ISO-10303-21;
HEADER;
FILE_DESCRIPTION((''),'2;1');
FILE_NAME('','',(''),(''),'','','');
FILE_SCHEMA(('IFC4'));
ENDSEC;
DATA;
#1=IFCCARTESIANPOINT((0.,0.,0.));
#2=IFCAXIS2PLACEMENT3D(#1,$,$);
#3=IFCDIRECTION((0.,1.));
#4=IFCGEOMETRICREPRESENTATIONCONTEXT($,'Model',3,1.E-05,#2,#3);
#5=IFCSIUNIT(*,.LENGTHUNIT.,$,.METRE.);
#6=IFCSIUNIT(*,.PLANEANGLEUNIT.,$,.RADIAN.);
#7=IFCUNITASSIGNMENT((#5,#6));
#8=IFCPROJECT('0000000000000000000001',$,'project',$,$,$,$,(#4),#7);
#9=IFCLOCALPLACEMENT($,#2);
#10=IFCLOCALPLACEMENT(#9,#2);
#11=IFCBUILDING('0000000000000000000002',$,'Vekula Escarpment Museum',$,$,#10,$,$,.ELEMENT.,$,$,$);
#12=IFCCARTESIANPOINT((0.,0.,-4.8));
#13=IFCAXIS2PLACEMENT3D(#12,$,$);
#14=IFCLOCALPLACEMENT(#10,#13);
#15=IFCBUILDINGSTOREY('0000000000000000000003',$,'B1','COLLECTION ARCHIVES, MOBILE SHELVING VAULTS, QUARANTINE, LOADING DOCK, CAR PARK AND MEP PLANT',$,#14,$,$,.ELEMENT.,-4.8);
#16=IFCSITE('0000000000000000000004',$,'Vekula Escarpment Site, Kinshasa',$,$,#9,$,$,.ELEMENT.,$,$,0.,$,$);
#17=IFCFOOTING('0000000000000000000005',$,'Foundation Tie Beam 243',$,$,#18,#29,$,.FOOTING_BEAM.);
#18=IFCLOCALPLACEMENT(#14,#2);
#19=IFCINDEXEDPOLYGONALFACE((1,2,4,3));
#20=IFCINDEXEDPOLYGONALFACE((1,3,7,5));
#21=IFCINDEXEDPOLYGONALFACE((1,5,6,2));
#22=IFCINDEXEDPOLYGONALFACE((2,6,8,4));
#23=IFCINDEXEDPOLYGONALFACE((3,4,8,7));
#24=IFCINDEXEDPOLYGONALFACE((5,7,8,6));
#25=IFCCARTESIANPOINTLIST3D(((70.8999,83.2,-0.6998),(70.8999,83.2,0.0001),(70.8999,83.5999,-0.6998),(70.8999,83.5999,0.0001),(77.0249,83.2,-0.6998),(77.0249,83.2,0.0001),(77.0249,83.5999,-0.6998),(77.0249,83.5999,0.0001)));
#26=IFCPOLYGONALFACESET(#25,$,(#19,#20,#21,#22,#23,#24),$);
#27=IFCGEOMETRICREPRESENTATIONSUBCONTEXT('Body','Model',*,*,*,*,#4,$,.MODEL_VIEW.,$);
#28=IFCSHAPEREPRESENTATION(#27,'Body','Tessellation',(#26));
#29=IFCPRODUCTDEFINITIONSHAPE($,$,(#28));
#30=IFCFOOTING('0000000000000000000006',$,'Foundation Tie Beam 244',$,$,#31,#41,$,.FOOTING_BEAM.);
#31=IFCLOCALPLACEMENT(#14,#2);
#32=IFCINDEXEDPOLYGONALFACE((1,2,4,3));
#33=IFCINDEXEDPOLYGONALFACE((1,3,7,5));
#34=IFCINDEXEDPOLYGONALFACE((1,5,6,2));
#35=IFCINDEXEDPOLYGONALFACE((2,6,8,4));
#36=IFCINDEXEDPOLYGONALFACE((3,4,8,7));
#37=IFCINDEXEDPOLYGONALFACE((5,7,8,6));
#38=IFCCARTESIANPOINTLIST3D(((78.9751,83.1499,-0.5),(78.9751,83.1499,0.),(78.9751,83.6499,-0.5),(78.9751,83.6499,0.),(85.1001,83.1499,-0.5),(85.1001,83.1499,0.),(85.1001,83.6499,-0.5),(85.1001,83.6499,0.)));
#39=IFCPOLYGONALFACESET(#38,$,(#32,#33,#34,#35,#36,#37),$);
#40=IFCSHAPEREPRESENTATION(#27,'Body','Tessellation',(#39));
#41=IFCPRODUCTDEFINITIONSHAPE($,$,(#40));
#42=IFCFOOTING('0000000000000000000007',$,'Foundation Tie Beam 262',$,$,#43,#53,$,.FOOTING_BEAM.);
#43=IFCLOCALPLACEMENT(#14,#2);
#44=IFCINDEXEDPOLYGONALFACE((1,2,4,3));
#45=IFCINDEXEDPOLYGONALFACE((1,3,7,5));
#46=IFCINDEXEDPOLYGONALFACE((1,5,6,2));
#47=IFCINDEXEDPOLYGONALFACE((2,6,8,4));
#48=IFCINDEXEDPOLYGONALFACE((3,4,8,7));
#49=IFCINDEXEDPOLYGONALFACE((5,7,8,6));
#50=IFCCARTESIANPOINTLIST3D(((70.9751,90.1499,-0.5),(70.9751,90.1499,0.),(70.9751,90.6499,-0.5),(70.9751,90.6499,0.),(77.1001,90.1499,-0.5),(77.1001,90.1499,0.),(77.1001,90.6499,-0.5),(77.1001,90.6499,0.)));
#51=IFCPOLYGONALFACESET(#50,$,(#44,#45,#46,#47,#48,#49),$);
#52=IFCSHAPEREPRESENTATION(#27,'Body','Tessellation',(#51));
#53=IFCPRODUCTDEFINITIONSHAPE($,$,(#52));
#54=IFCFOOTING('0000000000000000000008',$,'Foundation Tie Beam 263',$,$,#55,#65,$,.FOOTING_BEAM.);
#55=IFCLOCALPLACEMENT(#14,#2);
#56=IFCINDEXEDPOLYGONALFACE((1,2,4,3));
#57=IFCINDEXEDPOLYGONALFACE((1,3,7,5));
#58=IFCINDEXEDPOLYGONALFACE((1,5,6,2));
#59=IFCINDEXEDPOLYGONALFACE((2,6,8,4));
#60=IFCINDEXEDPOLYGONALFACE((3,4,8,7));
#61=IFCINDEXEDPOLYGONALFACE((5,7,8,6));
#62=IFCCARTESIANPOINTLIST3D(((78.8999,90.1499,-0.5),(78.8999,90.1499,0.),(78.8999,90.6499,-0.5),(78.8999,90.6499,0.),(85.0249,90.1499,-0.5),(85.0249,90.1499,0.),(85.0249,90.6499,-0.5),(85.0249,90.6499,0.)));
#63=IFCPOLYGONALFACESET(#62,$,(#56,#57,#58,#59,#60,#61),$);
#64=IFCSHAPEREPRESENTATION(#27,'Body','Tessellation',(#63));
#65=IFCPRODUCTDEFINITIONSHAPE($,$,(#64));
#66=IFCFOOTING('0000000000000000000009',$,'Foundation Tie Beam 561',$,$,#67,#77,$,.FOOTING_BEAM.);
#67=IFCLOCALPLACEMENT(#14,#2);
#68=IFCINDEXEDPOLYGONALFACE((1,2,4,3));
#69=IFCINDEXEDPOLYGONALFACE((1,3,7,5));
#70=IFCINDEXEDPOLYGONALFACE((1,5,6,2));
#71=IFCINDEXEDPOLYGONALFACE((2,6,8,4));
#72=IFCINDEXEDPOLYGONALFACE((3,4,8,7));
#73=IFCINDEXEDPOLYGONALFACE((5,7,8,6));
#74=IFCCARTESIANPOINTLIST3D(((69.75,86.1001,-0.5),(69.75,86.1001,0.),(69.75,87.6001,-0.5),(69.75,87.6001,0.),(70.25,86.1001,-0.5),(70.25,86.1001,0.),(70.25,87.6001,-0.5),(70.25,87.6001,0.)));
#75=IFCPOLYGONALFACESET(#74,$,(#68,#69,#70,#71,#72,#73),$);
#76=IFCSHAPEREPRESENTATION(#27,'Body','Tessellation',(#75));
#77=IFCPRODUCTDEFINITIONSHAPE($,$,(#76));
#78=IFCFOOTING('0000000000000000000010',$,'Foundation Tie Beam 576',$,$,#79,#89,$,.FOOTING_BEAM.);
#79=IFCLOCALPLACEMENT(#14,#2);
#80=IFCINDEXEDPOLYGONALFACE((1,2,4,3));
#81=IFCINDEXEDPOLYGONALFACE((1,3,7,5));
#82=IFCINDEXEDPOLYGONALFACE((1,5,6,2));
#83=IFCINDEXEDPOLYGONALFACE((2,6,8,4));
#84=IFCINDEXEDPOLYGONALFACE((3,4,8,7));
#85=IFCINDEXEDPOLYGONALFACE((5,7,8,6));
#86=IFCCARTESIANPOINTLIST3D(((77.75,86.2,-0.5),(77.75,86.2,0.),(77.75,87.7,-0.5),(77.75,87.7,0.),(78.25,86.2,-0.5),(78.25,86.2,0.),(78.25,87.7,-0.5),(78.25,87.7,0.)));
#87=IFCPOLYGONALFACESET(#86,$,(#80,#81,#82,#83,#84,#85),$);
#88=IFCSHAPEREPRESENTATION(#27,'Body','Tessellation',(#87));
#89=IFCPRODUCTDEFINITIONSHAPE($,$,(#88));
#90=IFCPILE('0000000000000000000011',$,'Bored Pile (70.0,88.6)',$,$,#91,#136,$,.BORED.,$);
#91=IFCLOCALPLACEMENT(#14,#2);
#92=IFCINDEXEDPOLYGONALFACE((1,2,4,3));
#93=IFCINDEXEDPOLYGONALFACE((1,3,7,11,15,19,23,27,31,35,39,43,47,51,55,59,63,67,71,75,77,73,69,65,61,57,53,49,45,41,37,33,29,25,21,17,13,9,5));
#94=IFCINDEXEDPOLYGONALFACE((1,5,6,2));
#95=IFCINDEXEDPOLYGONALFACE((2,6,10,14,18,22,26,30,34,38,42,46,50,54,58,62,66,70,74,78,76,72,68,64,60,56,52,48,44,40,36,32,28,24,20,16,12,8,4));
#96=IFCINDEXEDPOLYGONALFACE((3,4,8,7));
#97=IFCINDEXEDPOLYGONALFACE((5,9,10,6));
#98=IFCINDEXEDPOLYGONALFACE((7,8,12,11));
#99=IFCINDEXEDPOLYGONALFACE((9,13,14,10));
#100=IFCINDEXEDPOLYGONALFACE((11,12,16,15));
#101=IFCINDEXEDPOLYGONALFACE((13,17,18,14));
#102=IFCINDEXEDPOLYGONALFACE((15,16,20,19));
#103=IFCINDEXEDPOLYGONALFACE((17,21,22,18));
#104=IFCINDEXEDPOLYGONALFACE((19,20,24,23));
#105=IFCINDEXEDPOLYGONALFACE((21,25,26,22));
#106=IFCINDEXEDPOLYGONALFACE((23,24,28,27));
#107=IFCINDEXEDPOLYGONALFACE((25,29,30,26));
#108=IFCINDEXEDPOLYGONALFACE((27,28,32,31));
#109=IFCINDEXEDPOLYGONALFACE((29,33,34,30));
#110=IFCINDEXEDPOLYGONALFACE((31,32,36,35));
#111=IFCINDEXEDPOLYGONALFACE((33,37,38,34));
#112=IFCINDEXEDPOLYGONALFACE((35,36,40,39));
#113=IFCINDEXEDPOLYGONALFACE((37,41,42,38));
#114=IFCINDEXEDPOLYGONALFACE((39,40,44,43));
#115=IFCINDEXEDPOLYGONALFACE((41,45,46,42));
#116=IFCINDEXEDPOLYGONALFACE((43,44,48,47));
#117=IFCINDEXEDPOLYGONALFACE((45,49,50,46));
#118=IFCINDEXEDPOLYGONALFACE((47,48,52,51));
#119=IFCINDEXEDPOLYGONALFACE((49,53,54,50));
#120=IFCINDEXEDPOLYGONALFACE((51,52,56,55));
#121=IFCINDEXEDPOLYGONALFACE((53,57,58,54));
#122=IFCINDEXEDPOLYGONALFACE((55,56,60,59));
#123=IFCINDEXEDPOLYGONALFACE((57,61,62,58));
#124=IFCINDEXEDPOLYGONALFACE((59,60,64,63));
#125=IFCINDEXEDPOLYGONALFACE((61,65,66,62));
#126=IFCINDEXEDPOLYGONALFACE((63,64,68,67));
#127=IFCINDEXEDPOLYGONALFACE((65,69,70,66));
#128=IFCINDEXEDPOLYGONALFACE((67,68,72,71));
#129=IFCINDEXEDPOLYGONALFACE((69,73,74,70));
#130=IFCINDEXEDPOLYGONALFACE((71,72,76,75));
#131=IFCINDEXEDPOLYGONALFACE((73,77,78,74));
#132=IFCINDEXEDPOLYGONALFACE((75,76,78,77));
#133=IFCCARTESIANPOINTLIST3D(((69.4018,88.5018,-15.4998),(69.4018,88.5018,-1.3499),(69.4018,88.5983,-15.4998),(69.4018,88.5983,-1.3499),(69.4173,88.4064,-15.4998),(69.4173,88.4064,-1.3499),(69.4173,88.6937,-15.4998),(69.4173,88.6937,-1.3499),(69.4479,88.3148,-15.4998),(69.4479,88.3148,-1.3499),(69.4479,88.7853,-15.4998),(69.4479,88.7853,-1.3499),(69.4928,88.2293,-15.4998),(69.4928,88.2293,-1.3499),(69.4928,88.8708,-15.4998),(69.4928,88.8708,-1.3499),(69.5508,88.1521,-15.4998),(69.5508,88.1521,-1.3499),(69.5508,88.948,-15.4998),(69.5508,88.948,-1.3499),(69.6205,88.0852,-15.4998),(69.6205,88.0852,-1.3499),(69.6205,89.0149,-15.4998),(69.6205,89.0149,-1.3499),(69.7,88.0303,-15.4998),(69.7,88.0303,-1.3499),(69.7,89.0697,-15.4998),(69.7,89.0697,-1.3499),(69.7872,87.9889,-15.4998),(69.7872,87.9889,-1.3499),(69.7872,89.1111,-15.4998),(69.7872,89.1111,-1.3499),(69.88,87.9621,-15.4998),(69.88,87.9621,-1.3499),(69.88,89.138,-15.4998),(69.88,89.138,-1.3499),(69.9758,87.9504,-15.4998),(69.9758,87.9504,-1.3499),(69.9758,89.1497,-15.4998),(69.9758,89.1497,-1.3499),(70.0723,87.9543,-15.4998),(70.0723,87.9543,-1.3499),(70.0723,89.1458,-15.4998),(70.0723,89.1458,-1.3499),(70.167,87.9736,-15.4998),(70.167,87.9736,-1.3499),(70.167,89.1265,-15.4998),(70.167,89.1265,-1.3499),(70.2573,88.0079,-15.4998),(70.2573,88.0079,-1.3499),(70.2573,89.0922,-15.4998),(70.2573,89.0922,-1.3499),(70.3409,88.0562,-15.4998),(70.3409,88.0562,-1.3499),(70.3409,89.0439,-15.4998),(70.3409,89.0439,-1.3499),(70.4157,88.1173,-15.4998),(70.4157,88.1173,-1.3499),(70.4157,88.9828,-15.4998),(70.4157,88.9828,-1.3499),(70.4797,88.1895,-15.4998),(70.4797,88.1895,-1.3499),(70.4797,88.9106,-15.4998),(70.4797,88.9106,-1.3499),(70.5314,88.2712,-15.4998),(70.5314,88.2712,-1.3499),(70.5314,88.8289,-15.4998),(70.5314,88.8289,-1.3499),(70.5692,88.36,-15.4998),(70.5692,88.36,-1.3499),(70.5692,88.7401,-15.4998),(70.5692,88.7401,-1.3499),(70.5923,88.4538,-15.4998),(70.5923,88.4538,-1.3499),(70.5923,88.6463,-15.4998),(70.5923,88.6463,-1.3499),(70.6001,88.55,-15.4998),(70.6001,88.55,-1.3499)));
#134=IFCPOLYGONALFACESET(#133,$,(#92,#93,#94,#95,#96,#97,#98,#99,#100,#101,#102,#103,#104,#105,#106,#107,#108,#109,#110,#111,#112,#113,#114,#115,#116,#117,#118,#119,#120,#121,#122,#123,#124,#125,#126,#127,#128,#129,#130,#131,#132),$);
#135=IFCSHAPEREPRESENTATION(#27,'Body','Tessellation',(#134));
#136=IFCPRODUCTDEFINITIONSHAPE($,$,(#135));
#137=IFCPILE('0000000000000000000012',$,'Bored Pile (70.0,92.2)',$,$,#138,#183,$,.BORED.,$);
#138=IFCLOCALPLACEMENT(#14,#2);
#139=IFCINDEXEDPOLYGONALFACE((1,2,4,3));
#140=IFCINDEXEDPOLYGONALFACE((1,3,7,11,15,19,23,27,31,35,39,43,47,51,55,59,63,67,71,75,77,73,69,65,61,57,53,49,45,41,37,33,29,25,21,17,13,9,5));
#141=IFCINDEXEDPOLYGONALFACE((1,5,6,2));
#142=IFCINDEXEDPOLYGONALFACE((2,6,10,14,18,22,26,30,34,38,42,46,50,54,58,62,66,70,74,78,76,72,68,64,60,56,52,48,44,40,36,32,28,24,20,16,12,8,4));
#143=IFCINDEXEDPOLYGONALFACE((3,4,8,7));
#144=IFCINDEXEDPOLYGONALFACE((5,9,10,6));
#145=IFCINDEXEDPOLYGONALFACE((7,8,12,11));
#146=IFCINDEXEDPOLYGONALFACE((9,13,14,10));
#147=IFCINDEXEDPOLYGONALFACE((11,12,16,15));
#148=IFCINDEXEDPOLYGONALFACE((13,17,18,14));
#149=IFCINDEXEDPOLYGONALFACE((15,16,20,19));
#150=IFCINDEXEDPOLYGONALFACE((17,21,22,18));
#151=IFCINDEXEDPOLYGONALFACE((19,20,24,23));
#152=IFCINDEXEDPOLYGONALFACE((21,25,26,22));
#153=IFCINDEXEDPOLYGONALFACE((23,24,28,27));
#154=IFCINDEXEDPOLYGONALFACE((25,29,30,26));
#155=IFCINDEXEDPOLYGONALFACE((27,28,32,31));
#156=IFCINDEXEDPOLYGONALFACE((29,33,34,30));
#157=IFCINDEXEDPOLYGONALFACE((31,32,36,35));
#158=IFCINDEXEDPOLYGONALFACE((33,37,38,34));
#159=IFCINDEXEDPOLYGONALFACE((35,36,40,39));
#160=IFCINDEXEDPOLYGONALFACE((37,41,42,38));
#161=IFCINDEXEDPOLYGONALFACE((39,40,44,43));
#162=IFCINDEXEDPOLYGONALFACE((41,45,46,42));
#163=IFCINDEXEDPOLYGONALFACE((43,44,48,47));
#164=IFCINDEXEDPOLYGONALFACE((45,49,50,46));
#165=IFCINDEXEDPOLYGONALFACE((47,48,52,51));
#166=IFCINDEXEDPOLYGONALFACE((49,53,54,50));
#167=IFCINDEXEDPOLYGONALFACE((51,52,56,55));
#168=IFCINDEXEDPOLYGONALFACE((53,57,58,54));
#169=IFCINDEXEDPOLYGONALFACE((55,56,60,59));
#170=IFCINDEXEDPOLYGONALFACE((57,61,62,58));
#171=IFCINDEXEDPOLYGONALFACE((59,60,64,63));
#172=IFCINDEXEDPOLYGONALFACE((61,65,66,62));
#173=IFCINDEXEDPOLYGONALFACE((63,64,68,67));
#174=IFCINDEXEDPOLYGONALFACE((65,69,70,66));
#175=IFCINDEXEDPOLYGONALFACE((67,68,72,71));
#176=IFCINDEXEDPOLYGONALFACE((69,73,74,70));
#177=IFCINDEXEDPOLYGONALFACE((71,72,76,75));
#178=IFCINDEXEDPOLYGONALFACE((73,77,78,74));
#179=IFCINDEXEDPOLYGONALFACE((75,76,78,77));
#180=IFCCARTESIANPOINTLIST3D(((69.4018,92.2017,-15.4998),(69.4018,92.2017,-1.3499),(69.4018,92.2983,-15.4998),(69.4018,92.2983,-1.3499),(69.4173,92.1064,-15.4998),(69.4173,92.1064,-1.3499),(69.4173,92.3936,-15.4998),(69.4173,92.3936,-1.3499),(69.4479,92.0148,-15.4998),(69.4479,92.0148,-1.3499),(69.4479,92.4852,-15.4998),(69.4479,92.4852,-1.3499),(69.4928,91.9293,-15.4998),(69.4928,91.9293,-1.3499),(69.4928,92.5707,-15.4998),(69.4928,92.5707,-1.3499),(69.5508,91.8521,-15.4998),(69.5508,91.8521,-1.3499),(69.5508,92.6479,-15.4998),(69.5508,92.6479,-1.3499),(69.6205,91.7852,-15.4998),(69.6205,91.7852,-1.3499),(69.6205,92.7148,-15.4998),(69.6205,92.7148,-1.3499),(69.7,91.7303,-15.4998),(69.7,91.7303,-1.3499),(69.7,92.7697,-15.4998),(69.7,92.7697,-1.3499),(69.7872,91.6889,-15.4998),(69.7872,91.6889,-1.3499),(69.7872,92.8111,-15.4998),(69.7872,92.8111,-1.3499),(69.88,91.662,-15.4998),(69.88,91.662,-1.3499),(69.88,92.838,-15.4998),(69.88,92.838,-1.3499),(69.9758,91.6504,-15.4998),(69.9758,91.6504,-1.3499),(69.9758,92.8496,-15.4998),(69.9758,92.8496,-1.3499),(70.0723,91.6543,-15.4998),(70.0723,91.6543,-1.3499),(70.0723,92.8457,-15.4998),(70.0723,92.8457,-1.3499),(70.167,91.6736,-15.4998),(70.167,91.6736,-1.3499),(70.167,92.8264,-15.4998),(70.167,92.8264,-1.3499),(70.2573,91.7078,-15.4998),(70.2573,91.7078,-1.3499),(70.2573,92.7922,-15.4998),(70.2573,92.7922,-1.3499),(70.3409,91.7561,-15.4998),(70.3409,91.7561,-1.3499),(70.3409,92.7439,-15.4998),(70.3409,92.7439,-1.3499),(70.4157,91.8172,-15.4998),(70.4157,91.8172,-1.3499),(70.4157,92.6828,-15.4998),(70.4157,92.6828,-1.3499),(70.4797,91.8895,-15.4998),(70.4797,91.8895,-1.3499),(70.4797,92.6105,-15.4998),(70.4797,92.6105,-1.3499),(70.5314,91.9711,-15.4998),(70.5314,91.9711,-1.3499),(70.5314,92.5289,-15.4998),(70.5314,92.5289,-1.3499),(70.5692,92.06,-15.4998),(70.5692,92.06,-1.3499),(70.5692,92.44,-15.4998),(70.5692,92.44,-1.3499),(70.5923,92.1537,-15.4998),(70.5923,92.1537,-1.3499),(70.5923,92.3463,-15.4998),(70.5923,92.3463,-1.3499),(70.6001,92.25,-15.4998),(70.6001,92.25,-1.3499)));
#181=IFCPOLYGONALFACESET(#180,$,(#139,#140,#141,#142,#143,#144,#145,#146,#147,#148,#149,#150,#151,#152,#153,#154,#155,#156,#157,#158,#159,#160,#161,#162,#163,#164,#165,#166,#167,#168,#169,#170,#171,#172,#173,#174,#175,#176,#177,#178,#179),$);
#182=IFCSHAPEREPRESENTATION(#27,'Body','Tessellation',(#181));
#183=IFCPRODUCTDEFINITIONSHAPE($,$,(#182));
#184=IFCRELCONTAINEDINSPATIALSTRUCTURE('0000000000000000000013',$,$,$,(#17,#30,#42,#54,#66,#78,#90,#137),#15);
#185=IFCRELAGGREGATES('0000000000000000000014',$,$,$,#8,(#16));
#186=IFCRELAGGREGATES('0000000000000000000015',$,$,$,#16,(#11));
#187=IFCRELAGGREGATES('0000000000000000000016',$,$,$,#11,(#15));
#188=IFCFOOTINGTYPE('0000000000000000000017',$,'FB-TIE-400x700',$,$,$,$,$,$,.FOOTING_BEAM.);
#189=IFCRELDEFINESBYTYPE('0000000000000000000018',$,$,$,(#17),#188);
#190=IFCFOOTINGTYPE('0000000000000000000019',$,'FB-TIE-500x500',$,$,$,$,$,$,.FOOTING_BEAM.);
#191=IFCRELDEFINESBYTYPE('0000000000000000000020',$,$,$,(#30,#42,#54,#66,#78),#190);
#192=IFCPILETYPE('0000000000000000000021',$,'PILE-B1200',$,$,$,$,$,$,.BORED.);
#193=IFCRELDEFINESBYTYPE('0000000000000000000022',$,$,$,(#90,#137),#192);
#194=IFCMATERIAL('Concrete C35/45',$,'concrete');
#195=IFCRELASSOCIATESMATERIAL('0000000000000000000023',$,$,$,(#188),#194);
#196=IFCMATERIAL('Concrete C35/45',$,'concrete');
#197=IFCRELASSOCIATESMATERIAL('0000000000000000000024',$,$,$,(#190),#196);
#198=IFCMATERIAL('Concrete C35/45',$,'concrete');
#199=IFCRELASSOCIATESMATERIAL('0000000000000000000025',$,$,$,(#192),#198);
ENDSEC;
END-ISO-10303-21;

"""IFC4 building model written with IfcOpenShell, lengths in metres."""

from ifc_helpers import new_model, si_unit, direction, frame, origin, origin_2d, place, context, subcontext, project, spatial, rectangle, circle, extrude, material, material_profile, profile_set, type_object, element, save


model = new_model("IFC4")

# Units and contexts
model_context = context("Model", 3, precision=1e-05, world=origin(), true_north=direction((0.0, 1.0)))
body_context = subcontext(model_context, "Body", "Model", "MODEL_VIEW")
ifc_project = project(units=[si_unit("LENGTHUNIT", "METRE"), si_unit("PLANEANGLEUNIT", "RADIAN")], contexts=[model_context])

# Site, building, storey
site_placement = place(None, origin())
site = spatial("IfcSite", under=ifc_project, at=site_placement, Name="Vekula Escarpment Site, Kinshasa", CompositionType="ELEMENT", RefElevation=0.0)
building_placement = place(site_placement, origin())
building = spatial("IfcBuilding", under=site, at=building_placement, Name="Vekula Escarpment Museum", CompositionType="ELEMENT")
storey_placement = place(building_placement, frame((0.0, 0.0, -4.8)))
storey = spatial("IfcBuildingStorey", under=building, at=storey_placement, Name="B1", Description="COLLECTION ARCHIVES, MOBILE SHELVING VAULTS, QUARANTINE, LOADING DOCK, CAR PARK AND MEP PLANT", CompositionType="ELEMENT", Elevation=-4.8)

# Footings
ifc_material_1 = material(Name="Concrete C35/45", Category="concrete")
ifc_material_profile_1 = material_profile(ifc_material_1, rectangle(XDim=0.3999, YDim=0.7, at=origin_2d()), Name="RC 400x700")
ifc_profile_set_1 = profile_set([ifc_material_profile_1], Name="Concrete C35/45")
footing_type_1 = type_object("IfcFootingType", Name="FB-TIE-400x700", PredefinedType="FOOTING_BEAM", material=ifc_profile_set_1)
footing_placement = place(storey_placement, frame((70.8999, 83.3999, -0.3499), z_axis=(1.0, 0.0, 0.0), x_axis=(0.0, 1.0, 0.0)))
element("IfcFooting", 1, at=footing_placement, inside=storey, type_object=footing_type_1, Name="Foundation Tie Beam 243", PredefinedType="FOOTING_BEAM", context=body_context, shape_type="SweptSolid", body=[
    extrude(rectangle(XDim=0.3999, YDim=0.7, at=origin_2d()), origin(), (0.0, 0.0, 1.0), 6.125),
])
ifc_material_2 = material(Name="Concrete C35/45", Category="concrete")
ifc_material_profile_2 = material_profile(ifc_material_2, rectangle(XDim=0.5, YDim=0.5, at=origin_2d()), Name="RC 500x500")
ifc_profile_set_2 = profile_set([ifc_material_profile_2], Name="Concrete C35/45")
footing_type_2 = type_object("IfcFootingType", Name="FB-TIE-500x500", PredefinedType="FOOTING_BEAM", material=ifc_profile_set_2)
for number, where, z_axis, x_axis, name in (
    (2, (78.9751, 83.3999, -0.25), (1.0, 0.0, 0.0), (0.0, 1.0, 0.0), "Foundation Tie Beam 244"),
    (3, (70.9751, 90.3999, -0.25), (1.0, 0.0, 0.0), (0.0, 1.0, 0.0), "Foundation Tie Beam 262"),
    (4, (78.8999, 90.3999, -0.25), (1.0, 0.0, 0.0), (0.0, 1.0, 0.0), "Foundation Tie Beam 263"),
):
    element("IfcFooting", number, at=place(storey_placement, frame(where, z_axis=z_axis, x_axis=x_axis)), inside=storey, type_object=footing_type_2, Name=name, PredefinedType="FOOTING_BEAM", context=body_context, shape_type="SweptSolid", body=[
        extrude(rectangle(XDim=0.5, YDim=0.5, at=origin_2d()), origin(), (0.0, 0.0, 1.0), 6.125),
    ])
for number, where, z_axis, x_axis, name in (
    (5, (70.0, 86.1001, -0.25), (0.0, 1.0, 0.0), (-1.0, 0.0, 0.0), "Foundation Tie Beam 561"),
    (6, (78.0, 86.2, -0.25), (0.0, 1.0, 0.0), (-1.0, 0.0, 0.0), "Foundation Tie Beam 576"),
):
    element("IfcFooting", number, at=place(storey_placement, frame(where, z_axis=z_axis, x_axis=x_axis)), inside=storey, type_object=footing_type_2, Name=name, PredefinedType="FOOTING_BEAM", context=body_context, shape_type="SweptSolid", body=[
        extrude(rectangle(XDim=0.5, YDim=0.5, at=origin_2d()), origin(), (0.0, 0.0, 1.0), 1.5),
    ])

# Piles
ifc_material_3 = material(Name="Concrete C35/45", Category="concrete")
ifc_material_profile_3 = material_profile(ifc_material_3, circle(Radius=0.6001, at=origin_2d()), Name="BORED PILE 1200")
ifc_profile_set_3 = profile_set([ifc_material_profile_3], Name="Concrete C35/45")
pile_type = type_object("IfcPileType", Name="PILE-B1200", PredefinedType="BORED", material=ifc_profile_set_3)
for number, where, z_axis, x_axis, name in (
    (7, (70.0, 88.55, -1.3499), (0.0, 0.0, -1.0), (1.0, 0.0, 0.0), "Bored Pile (70.0,88.6)"),
    (8, (70.0, 92.25, -1.3499), (0.0, 0.0, -1.0), (1.0, 0.0, 0.0), "Bored Pile (70.0,92.2)"),
):
    element("IfcPile", number, at=place(storey_placement, frame(where, z_axis=z_axis, x_axis=x_axis)), inside=storey, type_object=pile_type, Name=name, PredefinedType="BORED", context=body_context, shape_type="SweptSolid", body=[
        extrude(circle(Radius=0.6001, at=origin_2d()), origin(), (0.0, 0.0, 1.0), 14.1499),
    ])

save(model, "model.ifc")
